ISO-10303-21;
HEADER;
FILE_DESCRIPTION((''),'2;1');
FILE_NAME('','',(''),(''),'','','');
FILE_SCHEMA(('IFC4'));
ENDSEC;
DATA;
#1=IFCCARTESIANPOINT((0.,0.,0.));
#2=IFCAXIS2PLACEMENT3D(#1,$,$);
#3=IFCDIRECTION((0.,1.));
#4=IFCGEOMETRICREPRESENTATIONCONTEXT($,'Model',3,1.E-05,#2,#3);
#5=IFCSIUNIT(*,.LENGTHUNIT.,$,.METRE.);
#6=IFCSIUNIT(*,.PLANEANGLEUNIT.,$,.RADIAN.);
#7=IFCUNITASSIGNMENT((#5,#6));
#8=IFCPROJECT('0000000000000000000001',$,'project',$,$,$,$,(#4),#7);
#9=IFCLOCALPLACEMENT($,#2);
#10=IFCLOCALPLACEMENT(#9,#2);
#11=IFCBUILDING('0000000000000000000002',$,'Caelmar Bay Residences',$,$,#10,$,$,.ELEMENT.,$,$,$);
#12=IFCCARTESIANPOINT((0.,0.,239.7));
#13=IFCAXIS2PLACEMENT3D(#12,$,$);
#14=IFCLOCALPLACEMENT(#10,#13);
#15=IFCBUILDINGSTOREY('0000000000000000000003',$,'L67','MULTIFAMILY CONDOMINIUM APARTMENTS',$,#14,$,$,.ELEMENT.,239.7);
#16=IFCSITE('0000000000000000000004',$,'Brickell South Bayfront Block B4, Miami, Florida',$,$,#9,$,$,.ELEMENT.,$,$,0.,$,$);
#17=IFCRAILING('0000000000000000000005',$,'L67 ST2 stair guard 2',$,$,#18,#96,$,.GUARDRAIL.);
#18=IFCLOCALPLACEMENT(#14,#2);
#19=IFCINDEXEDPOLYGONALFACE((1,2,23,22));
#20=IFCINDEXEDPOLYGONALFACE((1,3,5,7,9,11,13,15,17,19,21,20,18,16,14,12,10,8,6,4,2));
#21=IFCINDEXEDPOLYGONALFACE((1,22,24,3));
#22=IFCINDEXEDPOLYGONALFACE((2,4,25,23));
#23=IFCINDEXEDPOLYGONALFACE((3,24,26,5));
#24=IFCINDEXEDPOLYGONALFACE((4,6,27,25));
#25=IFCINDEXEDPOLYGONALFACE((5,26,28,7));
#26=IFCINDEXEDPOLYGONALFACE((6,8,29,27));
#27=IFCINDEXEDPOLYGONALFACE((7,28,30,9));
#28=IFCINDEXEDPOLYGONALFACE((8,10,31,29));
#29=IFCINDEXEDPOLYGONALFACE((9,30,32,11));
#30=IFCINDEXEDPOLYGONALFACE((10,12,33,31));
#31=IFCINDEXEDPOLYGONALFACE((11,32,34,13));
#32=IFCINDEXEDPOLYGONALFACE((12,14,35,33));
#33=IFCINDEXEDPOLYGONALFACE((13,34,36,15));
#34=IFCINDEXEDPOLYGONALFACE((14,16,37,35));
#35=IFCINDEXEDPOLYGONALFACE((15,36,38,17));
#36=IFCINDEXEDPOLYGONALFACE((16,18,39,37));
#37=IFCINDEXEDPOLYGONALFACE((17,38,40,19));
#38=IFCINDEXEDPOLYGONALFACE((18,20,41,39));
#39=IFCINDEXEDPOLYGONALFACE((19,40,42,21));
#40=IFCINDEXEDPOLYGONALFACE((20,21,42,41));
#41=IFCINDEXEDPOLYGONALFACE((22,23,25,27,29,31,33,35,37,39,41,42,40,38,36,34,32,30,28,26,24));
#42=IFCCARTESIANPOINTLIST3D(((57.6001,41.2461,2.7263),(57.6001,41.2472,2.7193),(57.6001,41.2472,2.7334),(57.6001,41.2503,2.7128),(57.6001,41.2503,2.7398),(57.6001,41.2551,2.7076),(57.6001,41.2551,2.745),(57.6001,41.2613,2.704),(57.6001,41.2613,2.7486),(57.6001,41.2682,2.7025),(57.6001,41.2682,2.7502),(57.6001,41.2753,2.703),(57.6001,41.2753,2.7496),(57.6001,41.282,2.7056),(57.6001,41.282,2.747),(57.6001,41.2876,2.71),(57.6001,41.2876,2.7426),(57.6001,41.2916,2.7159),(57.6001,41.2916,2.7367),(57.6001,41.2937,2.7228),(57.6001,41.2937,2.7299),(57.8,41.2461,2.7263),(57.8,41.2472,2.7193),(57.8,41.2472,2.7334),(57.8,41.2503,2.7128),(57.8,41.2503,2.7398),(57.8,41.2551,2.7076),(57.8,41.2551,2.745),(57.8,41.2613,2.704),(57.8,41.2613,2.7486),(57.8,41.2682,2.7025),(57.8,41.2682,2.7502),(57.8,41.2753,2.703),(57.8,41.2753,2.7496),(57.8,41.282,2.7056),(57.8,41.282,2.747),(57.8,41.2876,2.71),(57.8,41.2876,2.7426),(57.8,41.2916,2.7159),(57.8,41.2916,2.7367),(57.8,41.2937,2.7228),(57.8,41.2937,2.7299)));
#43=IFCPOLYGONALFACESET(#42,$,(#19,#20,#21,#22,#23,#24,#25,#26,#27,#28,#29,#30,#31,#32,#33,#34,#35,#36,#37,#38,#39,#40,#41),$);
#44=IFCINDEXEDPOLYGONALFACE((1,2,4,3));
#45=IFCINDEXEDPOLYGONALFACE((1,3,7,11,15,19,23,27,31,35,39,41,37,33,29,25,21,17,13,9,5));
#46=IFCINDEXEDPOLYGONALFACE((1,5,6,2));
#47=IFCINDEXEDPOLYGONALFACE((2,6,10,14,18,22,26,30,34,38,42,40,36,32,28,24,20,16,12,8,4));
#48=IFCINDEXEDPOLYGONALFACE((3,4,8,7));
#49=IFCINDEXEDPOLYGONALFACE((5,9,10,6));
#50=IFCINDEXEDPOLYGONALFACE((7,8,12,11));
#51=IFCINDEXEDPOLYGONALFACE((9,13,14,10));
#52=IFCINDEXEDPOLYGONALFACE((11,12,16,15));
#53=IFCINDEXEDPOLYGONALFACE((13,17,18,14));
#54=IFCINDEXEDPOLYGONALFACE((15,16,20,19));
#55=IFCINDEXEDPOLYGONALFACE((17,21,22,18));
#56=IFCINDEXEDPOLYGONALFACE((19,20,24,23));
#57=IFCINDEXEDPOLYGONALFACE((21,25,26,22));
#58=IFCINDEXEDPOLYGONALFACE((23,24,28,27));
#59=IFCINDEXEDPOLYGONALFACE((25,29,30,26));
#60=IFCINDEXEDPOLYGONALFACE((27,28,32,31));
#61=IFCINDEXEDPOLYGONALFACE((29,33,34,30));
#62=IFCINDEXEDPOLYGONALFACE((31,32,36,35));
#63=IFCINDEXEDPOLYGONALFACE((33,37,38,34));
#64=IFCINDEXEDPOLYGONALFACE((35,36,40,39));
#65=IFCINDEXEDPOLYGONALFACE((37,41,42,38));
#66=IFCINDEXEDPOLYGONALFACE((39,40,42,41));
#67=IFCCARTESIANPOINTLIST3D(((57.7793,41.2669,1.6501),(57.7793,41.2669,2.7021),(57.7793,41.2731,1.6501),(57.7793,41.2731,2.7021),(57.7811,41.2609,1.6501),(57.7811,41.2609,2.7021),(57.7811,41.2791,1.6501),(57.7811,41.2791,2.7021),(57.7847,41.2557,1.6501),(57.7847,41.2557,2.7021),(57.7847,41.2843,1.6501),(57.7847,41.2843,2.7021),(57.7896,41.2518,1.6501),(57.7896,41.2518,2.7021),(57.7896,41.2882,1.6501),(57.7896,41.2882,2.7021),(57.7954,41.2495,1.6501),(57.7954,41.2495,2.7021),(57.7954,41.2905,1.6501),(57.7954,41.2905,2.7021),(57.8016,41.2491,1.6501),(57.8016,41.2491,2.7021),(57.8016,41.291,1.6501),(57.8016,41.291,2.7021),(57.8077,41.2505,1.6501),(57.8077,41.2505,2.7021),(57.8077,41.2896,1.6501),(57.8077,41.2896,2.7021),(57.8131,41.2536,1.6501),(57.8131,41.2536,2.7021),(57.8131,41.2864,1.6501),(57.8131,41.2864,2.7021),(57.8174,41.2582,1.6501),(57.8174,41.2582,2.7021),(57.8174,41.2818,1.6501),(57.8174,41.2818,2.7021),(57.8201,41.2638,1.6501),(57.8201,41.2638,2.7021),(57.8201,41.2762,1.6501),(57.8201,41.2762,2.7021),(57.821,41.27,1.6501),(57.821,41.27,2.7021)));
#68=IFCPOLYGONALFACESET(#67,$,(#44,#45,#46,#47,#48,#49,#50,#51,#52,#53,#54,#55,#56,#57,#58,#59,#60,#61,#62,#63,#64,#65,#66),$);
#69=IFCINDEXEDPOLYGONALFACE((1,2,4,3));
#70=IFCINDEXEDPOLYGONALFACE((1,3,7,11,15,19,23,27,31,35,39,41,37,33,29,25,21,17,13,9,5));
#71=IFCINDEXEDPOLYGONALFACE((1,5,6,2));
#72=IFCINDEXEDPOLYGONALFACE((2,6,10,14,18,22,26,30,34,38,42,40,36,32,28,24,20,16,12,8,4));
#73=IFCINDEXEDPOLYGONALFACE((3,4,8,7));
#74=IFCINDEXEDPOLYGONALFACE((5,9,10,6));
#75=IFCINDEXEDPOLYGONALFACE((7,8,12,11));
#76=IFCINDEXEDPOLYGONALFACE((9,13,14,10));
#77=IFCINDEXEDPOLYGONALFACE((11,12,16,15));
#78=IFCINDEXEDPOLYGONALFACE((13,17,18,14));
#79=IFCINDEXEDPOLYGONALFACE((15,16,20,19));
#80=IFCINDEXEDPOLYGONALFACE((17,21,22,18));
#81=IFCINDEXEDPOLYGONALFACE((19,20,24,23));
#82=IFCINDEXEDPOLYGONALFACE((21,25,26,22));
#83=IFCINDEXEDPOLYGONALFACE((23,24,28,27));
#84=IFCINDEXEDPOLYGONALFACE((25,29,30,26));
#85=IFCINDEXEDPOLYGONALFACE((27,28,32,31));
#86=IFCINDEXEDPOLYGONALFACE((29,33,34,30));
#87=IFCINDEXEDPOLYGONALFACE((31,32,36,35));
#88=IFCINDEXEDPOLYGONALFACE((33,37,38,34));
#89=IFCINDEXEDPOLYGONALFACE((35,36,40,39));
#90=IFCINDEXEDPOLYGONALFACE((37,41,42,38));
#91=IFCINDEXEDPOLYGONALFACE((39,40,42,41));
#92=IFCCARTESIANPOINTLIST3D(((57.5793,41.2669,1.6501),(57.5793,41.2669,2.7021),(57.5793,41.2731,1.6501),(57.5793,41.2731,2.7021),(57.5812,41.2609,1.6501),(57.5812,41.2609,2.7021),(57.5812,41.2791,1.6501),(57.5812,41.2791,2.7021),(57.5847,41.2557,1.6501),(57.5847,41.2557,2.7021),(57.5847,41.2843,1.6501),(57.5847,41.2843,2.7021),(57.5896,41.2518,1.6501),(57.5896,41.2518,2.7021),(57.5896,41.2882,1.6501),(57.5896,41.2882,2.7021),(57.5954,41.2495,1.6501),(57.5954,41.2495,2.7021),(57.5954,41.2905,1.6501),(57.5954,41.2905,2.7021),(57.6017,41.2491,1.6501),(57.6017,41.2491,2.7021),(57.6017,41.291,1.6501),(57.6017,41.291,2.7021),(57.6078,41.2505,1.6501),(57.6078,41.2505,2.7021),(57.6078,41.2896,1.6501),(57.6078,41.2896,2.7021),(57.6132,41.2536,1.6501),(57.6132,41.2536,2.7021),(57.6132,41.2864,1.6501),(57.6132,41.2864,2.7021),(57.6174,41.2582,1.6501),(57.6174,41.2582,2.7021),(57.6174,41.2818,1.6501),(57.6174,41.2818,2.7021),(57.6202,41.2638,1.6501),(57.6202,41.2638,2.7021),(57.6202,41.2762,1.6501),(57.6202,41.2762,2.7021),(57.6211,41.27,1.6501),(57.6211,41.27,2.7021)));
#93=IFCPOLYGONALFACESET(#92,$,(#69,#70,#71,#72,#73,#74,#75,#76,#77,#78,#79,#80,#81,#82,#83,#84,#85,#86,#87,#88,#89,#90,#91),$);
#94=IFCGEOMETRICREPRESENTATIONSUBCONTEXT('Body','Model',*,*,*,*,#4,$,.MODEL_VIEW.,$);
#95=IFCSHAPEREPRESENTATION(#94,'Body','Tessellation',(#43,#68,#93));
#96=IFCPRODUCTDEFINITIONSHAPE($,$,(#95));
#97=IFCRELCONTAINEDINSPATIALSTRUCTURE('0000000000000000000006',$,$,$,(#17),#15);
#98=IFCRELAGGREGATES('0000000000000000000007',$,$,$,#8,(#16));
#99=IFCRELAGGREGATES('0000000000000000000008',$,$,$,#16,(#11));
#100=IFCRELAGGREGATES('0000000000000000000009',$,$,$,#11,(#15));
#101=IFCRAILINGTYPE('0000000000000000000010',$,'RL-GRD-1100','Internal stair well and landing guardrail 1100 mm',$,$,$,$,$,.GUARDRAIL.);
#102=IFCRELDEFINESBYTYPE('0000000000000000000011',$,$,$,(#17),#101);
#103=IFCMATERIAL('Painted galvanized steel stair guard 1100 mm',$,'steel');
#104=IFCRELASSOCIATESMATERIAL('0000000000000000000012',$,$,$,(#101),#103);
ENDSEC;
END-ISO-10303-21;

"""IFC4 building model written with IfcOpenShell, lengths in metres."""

from ifc_helpers import new_model, si_unit, direction, frame, origin, origin_2d, place, context, subcontext, project, spatial, circle, extrude, material, type_object, element, save


model = new_model("IFC4")

# Units and contexts
model_context = context("Model", 3, precision=1e-05, world=origin(), true_north=direction((0.0, 1.0)))
body_context = subcontext(model_context, "Body", "Model", "MODEL_VIEW")
ifc_project = project(units=[si_unit("LENGTHUNIT", "METRE"), si_unit("PLANEANGLEUNIT", "RADIAN")], contexts=[model_context])

# Site, building, storey
site_placement = place(None, origin())
site = spatial("IfcSite", under=ifc_project, at=site_placement, Name="Brickell South Bayfront Block B4, Miami, Florida", CompositionType="ELEMENT", RefElevation=0.0)
building_placement = place(site_placement, origin())
building = spatial("IfcBuilding", under=site, at=building_placement, Name="Caelmar Bay Residences", CompositionType="ELEMENT")
storey_placement = place(building_placement, frame((0.0, 0.0, 239.7)))
storey = spatial("IfcBuildingStorey", under=building, at=storey_placement, Name="L67", Description="MULTIFAMILY CONDOMINIUM APARTMENTS", CompositionType="ELEMENT", Elevation=239.7)

# Railing
ifc_material_1 = material(Name="Painted galvanized steel stair guard 1100 mm", Category="steel")
railing_type_1 = type_object("IfcRailingType", Name="RL-GRD-1100", Description="Internal stair well and landing guardrail 1100 mm", PredefinedType="GUARDRAIL", material=ifc_material_1)
railing_1_placement = place(storey_placement, frame((57.8, 41.27, 1.6501)))
element("IfcRailing", 1, at=railing_1_placement, inside=storey, type_object=railing_type_1, Name="L67 ST2 stair guard 2", PredefinedType="GUARDRAIL", context=body_context, shape_type="SweptSolid", body=[
    extrude(circle(Radius=0.0239, at=origin_2d()), frame((0.0, 0.0, 1.0762), z_axis=(-1.0, 0.0, 0.0), x_axis=(0.0, -1.0, 0.0)), (0.0, 0.0, 1.0), 0.2),
    extrude(circle(Radius=0.021, at=origin_2d()), origin(), (0.0, 0.0, 1.0), 1.052),
    extrude(circle(Radius=0.021, at=origin_2d()), frame((-0.2, 0.0, 0.0)), (0.0, 0.0, 1.0), 1.052),
])

save(model, "model.ifc")
